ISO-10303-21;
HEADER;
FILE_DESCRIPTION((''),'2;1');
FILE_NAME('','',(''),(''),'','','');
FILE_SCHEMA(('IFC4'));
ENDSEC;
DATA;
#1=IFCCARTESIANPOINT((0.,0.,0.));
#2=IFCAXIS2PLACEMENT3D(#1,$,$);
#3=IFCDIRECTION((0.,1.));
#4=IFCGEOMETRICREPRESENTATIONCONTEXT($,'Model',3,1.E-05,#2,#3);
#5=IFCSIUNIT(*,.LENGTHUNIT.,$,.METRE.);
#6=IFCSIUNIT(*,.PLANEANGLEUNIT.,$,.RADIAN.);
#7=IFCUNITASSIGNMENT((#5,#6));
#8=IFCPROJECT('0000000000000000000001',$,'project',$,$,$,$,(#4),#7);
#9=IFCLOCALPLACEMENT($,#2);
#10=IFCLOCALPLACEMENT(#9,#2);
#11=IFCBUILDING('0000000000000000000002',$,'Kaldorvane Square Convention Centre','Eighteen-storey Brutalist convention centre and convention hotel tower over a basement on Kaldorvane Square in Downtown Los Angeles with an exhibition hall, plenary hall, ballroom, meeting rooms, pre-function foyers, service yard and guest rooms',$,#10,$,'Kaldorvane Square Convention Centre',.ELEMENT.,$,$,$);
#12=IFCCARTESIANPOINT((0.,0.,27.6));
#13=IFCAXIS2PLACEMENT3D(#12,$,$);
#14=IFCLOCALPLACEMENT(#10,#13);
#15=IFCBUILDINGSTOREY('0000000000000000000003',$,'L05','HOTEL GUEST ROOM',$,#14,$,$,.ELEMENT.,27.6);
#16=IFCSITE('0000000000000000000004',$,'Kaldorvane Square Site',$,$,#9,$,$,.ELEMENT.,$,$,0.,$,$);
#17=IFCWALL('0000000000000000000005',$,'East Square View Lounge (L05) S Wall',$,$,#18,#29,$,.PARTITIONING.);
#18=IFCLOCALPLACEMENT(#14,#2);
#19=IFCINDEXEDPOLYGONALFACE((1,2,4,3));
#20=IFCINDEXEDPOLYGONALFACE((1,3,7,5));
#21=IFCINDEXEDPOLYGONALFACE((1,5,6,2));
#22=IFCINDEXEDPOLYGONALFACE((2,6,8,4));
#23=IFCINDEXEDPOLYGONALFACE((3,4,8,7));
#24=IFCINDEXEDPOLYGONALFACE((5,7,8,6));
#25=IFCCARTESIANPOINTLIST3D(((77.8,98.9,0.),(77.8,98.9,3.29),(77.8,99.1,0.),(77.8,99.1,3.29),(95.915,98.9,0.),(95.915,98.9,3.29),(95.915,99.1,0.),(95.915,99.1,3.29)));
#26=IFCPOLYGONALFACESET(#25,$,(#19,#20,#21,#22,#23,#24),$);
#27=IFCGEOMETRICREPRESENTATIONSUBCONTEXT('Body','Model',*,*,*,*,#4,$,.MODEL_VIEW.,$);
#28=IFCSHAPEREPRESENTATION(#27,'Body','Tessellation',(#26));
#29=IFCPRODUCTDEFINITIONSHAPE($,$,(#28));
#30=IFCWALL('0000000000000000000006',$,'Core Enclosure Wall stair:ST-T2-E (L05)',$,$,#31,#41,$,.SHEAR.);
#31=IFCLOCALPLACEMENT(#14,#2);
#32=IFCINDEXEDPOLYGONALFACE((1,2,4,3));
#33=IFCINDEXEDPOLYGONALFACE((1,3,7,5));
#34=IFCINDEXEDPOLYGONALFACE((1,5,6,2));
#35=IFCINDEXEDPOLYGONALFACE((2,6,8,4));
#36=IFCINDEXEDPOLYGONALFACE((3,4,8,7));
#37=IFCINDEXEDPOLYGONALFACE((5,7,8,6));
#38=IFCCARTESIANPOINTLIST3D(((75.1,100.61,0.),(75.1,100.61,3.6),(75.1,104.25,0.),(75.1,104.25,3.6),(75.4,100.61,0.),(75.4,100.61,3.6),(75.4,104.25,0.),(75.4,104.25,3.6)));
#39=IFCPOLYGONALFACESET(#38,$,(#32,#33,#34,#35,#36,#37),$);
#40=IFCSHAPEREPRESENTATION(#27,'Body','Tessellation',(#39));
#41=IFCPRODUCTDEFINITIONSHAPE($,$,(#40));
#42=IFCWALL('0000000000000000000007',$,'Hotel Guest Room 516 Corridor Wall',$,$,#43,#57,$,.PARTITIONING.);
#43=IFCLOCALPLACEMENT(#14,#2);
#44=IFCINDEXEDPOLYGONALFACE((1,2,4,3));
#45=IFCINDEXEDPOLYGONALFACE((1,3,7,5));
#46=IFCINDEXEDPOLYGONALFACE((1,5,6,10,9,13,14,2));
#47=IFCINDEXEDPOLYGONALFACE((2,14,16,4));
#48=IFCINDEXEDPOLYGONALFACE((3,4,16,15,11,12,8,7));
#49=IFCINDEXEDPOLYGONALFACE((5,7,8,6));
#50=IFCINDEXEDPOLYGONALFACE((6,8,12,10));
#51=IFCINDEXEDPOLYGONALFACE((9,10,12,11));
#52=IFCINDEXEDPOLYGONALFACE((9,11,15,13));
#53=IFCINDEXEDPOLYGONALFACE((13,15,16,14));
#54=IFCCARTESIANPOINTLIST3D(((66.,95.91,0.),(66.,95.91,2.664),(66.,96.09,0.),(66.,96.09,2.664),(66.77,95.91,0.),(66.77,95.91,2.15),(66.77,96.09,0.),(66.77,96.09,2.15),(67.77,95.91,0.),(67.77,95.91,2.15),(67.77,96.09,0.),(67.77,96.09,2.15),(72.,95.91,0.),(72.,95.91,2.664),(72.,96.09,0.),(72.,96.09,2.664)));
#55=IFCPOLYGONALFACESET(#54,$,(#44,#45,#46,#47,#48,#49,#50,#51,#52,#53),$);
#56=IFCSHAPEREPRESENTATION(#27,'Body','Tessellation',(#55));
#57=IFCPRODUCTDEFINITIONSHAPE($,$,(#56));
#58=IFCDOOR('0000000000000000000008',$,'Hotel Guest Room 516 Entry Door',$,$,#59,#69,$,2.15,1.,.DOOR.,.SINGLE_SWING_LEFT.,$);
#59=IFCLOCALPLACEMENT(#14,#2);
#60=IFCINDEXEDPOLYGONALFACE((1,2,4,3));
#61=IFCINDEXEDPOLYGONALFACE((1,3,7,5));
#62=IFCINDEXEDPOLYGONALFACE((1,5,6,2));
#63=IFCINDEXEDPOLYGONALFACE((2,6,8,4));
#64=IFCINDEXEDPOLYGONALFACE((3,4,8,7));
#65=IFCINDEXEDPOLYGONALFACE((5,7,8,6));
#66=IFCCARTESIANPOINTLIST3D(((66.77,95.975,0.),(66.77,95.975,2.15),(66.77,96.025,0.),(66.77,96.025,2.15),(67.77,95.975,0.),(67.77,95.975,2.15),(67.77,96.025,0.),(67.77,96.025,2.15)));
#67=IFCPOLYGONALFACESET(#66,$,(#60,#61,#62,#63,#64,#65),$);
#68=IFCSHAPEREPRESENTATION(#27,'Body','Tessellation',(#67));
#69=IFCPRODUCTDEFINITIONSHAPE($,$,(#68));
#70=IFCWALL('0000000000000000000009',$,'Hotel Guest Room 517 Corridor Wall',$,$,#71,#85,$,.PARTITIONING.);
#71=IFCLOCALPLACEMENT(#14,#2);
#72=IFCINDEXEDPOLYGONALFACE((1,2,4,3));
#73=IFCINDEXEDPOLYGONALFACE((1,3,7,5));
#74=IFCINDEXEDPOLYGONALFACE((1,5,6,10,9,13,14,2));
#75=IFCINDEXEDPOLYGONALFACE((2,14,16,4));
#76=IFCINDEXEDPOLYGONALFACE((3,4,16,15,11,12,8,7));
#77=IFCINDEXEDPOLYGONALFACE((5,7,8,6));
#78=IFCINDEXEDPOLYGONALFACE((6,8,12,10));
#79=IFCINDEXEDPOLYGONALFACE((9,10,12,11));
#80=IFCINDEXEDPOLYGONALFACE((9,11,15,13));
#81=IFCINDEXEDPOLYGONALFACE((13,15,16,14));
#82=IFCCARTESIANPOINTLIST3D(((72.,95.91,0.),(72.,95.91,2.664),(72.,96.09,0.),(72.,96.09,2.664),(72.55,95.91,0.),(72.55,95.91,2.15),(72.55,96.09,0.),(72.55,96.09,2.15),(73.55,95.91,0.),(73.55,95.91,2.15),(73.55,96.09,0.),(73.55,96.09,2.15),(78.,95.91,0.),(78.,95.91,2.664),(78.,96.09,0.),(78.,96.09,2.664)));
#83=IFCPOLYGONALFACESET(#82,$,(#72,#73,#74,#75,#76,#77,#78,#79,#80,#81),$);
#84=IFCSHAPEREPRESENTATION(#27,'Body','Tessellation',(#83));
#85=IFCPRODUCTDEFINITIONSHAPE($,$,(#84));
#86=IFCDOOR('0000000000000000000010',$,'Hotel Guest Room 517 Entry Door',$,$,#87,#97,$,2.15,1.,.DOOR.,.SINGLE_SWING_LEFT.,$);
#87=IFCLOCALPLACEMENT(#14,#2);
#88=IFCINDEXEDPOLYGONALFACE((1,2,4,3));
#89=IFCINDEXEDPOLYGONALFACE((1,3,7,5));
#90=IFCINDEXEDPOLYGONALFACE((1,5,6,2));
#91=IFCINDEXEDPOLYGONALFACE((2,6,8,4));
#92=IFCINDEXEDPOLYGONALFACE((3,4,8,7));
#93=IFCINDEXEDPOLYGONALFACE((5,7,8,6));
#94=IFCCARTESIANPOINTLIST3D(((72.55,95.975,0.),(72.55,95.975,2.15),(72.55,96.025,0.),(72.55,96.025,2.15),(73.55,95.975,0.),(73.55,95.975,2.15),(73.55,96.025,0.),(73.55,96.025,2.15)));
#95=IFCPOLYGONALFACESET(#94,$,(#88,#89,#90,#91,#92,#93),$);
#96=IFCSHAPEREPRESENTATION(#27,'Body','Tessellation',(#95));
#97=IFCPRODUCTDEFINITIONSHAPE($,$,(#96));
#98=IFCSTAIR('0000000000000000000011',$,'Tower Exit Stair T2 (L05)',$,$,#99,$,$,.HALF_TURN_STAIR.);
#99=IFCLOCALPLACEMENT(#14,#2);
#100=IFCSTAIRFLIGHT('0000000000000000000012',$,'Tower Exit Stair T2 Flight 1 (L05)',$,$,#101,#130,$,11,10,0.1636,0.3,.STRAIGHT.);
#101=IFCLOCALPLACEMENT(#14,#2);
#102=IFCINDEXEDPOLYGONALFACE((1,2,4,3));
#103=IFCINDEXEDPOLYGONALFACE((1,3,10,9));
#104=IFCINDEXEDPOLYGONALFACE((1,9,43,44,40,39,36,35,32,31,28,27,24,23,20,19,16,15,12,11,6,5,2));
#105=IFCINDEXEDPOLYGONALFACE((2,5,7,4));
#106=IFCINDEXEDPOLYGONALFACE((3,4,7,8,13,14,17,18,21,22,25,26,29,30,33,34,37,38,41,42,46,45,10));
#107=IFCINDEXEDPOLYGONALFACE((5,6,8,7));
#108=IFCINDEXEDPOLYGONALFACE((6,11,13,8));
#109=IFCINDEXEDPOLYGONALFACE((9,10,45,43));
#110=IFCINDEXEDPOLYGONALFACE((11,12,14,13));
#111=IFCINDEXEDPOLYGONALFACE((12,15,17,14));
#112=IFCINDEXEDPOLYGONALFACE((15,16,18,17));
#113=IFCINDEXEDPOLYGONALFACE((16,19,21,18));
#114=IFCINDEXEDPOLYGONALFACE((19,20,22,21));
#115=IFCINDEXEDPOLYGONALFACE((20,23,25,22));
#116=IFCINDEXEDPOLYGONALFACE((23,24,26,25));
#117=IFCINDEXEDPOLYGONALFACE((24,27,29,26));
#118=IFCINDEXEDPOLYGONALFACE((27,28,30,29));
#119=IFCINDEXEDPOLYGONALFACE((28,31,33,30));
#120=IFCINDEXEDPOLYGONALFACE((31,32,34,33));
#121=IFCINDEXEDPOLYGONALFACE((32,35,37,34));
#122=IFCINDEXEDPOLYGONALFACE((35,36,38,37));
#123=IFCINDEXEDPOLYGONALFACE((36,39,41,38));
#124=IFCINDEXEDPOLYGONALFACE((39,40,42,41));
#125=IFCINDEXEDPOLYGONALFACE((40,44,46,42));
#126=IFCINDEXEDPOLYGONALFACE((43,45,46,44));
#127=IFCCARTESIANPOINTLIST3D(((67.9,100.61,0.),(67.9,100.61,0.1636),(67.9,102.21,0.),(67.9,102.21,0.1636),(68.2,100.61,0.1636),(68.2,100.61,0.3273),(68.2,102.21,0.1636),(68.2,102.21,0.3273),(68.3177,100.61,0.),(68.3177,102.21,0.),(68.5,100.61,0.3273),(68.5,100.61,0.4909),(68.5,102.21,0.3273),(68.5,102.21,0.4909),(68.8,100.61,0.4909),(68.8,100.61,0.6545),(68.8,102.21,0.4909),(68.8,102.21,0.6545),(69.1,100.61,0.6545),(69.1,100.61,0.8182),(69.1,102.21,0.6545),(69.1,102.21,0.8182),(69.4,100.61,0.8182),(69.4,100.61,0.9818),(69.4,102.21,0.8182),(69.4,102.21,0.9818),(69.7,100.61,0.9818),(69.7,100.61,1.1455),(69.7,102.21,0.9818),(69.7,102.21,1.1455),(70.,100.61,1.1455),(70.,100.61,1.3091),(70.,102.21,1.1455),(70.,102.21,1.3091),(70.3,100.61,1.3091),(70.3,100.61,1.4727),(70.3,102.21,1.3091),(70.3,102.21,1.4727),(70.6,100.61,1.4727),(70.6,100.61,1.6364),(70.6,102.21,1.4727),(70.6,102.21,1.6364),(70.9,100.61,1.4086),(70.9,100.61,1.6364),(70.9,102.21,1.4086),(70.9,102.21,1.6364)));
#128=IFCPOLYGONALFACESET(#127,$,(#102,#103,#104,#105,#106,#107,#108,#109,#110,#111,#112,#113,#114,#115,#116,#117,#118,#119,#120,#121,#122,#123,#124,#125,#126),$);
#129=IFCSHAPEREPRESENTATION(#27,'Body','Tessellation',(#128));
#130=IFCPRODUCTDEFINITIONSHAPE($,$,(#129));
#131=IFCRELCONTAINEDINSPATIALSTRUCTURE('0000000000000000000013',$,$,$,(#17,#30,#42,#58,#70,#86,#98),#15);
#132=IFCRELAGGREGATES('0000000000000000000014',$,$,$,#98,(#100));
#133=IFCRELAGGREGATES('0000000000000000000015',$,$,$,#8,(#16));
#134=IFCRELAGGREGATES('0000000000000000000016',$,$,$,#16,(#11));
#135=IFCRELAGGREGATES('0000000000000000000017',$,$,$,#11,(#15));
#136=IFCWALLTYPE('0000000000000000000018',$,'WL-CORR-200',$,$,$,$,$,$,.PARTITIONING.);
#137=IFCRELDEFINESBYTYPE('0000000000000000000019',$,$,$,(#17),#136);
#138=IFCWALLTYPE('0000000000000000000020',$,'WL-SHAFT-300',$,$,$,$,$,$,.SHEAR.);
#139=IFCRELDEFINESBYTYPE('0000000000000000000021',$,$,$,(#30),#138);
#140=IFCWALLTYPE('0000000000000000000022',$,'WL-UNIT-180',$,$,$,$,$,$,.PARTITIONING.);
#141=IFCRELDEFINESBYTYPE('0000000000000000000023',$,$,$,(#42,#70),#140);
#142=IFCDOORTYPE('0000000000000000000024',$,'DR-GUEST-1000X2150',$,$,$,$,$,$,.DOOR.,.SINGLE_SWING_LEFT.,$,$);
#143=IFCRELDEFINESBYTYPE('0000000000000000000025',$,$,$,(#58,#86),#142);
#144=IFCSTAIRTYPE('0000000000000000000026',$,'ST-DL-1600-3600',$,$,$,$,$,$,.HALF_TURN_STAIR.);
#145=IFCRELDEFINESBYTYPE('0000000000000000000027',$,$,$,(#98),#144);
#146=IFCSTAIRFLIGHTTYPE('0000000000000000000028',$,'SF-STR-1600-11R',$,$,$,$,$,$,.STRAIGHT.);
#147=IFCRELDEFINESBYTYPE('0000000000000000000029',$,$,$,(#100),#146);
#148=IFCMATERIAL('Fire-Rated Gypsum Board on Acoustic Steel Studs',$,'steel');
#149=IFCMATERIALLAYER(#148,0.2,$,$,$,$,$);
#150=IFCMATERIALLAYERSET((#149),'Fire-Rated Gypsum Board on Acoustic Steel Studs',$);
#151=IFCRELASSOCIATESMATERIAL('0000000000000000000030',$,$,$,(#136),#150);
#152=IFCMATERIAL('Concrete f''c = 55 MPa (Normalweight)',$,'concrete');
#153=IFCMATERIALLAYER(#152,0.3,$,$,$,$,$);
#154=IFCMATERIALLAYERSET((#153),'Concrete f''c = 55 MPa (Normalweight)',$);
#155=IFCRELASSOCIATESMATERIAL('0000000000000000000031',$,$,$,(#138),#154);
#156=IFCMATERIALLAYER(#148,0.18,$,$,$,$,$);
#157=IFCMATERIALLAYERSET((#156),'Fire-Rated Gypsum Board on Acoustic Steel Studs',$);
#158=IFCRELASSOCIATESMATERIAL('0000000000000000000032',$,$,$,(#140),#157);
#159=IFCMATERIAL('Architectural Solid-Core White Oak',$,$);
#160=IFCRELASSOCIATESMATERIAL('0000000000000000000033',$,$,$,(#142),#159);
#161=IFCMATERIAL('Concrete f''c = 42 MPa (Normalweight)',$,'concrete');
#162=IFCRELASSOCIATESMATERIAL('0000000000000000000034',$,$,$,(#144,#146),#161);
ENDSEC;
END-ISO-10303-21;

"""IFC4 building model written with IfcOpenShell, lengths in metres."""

from ifc_helpers import new_model, si_unit, direction, frame, frame_2d, origin, place, context, subcontext, project, spatial, polyline, rectangle, outline, extrude, material, layer, layer_set, type_object, element, fill, aggregate, save


model = new_model("IFC4")

# Units and contexts
model_context = context("Model", 3, precision=1e-05, world=origin(), true_north=direction((0.0, 1.0)))
body_context = subcontext(model_context, "Body", "Model", "MODEL_VIEW")
ifc_project = project(units=[si_unit("LENGTHUNIT", "METRE"), si_unit("PLANEANGLEUNIT", "RADIAN")], contexts=[model_context])

# Site, building, storey
site_placement = place(None, origin())
site = spatial("IfcSite", under=ifc_project, at=site_placement, Name="Kaldorvane Square Site", CompositionType="ELEMENT", RefElevation=0.0)
building_placement = place(site_placement, origin())
building = spatial("IfcBuilding", under=site, at=building_placement, Name="Kaldorvane Square Convention Centre", Description="Eighteen-storey Brutalist convention centre and convention hotel tower over a basement on Kaldorvane Square in Downtown Los Angeles with an exhibition hall, plenary hall, ballroom, meeting rooms, pre-function foyers, service yard and guest rooms", LongName="Kaldorvane Square Convention Centre", CompositionType="ELEMENT")
storey_placement = place(building_placement, frame((0.0, 0.0, 27.6)))
storey = spatial("IfcBuildingStorey", under=building, at=storey_placement, Name="L05", Description="HOTEL GUEST ROOM", CompositionType="ELEMENT", Elevation=27.6)

# Shared definitions
ifc_material_1 = material(Name="Fire-Rated Gypsum Board on Acoustic Steel Studs", Category="steel")
ifc_material_2 = material(Name="Architectural Solid-Core White Oak")

# Walls
ifc_layer_1 = layer(ifc_material_1, 0.2)
ifc_layer_set_1 = layer_set([ifc_layer_1], Name="Fire-Rated Gypsum Board on Acoustic Steel Studs")
wall_type_1 = type_object("IfcWallType", Name="WL-CORR-200", PredefinedType="PARTITIONING", material=ifc_layer_set_1)
wall_1_placement = place(storey_placement, frame((77.8, 99.0, 0.0), z_axis=(0.0, 0.0, 1.0), x_axis=(1.0, 0.0, 0.0)))
element("IfcWall", 1, at=wall_1_placement, inside=storey, type_object=wall_type_1, Name="East Square View Lounge (L05) S Wall", PredefinedType="PARTITIONING", context=body_context, shape_type="SweptSolid", body=[
    extrude(rectangle(XDim=18.115, YDim=0.2, at=frame_2d((9.0575, 0.0))), origin(), (0.0, 0.0, 1.0), 3.29),
])
ifc_material_3 = material(Name="Concrete f'c = 55 MPa (Normalweight)", Category="concrete")
ifc_layer_2 = layer(ifc_material_3, 0.3)
ifc_layer_set_2 = layer_set([ifc_layer_2], Name="Concrete f'c = 55 MPa (Normalweight)")
wall_type_2 = type_object("IfcWallType", Name="WL-SHAFT-300", PredefinedType="SHEAR", material=ifc_layer_set_2)
wall_2_placement = place(storey_placement, frame((75.25, 100.61, 0.0), z_axis=(0.0, 0.0, 1.0), x_axis=(0.0, 1.0, 0.0)))
element("IfcWall", 2, at=wall_2_placement, inside=storey, type_object=wall_type_2, Name="Core Enclosure Wall stair:ST-T2-E (L05)", PredefinedType="SHEAR", context=body_context, shape_type="SweptSolid", body=[
    extrude(rectangle(XDim=3.64, YDim=0.3, at=frame_2d((1.82, 0.0))), origin(), (0.0, 0.0, 1.0), 3.6),
])

# Walls, openings, doors
ifc_layer_3 = layer(ifc_material_1, 0.18)
ifc_layer_set_3 = layer_set([ifc_layer_3], Name="Fire-Rated Gypsum Board on Acoustic Steel Studs")
wall_type_3 = type_object("IfcWallType", Name="WL-UNIT-180", PredefinedType="PARTITIONING", material=ifc_layer_set_3)
wall_3_placement = place(storey_placement, frame((66.0, 96.0, 0.0), z_axis=(0.0, 0.0, 1.0), x_axis=(1.0, 0.0, 0.0)))
wall_3 = element("IfcWall", 3, at=wall_3_placement, inside=storey, type_object=wall_type_3, Name="Hotel Guest Room 516 Corridor Wall", PredefinedType="PARTITIONING", context=body_context, shape_type="SweptSolid", body=[
    extrude(rectangle(XDim=6.0, YDim=0.18, at=frame_2d((3.0, 0.0))), origin(), (0.0, 0.0, 1.0), 2.664),
])
opening_1_placement = place(wall_3_placement, frame((0.77, 0.0, 0.0)))
opening_1 = element("IfcOpeningElement", 4, at=opening_1_placement, cuts=wall_3, PredefinedType="OPENING", context=body_context, shape_type="SweptSolid", body=[
    extrude(rectangle(XDim=1.0, YDim=2.15, at=frame_2d((0.5, 1.075))), frame((0.0, 0.105, 0.0), z_axis=(0.0, -1.0, 0.0), x_axis=(1.0, 0.0, 0.0)), (0.0, 0.0, 1.0), 0.21),
])
door_type_1 = type_object("IfcDoorType", Name="DR-GUEST-1000X2150", OperationType="SINGLE_SWING_LEFT", PredefinedType="DOOR", material=ifc_material_2)
door_1_placement = place(opening_1_placement, origin())
door_1 = element("IfcDoor", 5, at=door_1_placement, inside=storey, type_object=door_type_1, Name="Hotel Guest Room 516 Entry Door", OperationType="SINGLE_SWING_LEFT", OverallHeight=2.15, OverallWidth=1.0, PredefinedType="DOOR", context=body_context, shape_type="SweptSolid", body=[
    extrude(rectangle(XDim=1.0, YDim=2.15, at=frame_2d((0.5, 1.075))), frame((0.0, 0.025, 0.0), z_axis=(0.0, -1.0, 0.0), x_axis=(1.0, 0.0, 0.0)), (0.0, 0.0, 1.0), 0.05),
])
fill(opening_1, door_1)
wall_4_placement = place(storey_placement, frame((72.0, 96.0, 0.0), z_axis=(0.0, 0.0, 1.0), x_axis=(1.0, 0.0, 0.0)))
wall_4 = element("IfcWall", 6, at=wall_4_placement, inside=storey, type_object=wall_type_3, Name="Hotel Guest Room 517 Corridor Wall", PredefinedType="PARTITIONING", context=body_context, shape_type="SweptSolid", body=[
    extrude(rectangle(XDim=6.0, YDim=0.18, at=frame_2d((3.0, 0.0))), origin(), (0.0, 0.0, 1.0), 2.664),
])
opening_2_placement = place(wall_4_placement, frame((0.55, 0.0, 0.0)))
opening_2 = element("IfcOpeningElement", 7, at=opening_2_placement, cuts=wall_4, PredefinedType="OPENING", context=body_context, shape_type="SweptSolid", body=[
    extrude(rectangle(XDim=1.0, YDim=2.15, at=frame_2d((0.5, 1.075))), frame((0.0, 0.105, 0.0), z_axis=(0.0, -1.0, 0.0), x_axis=(1.0, 0.0, 0.0)), (0.0, 0.0, 1.0), 0.21),
])
door_2_placement = place(opening_2_placement, origin())
door_2 = element("IfcDoor", 8, at=door_2_placement, inside=storey, type_object=door_type_1, Name="Hotel Guest Room 517 Entry Door", OperationType="SINGLE_SWING_LEFT", OverallHeight=2.15, OverallWidth=1.0, PredefinedType="DOOR", context=body_context, shape_type="SweptSolid", body=[
    extrude(rectangle(XDim=1.0, YDim=2.15, at=frame_2d((0.5, 1.075))), frame((0.0, 0.025, 0.0), z_axis=(0.0, -1.0, 0.0), x_axis=(1.0, 0.0, 0.0)), (0.0, 0.0, 1.0), 0.05),
])
fill(opening_2, door_2)

# Stair, stair flight
ifc_material_4 = material(Name="Concrete f'c = 42 MPa (Normalweight)", Category="concrete")
stair_type = type_object("IfcStairType", Name="ST-DL-1600-3600", PredefinedType="HALF_TURN_STAIR", material=ifc_material_4)
stair_placement = place(storey_placement, origin())
stair = element("IfcStair", 9, at=stair_placement, inside=storey, type_object=stair_type, Name="Tower Exit Stair T2 (L05)", PredefinedType="HALF_TURN_STAIR")
stair_flight_type = type_object("IfcStairFlightType", Name="SF-STR-1600-11R", PredefinedType="STRAIGHT", material=ifc_material_4)
stair_flight_placement = place(storey_placement, frame((67.9, 101.41, 0.0), z_axis=(0.0, 0.0, 1.0), x_axis=(1.0, 0.0, 0.0)))
stair_flight = element("IfcStairFlight", 10, at=stair_flight_placement, type_object=stair_flight_type, Name="Tower Exit Stair T2 Flight 1 (L05)", NumberOfRisers=11, NumberOfTreads=10, PredefinedType="STRAIGHT", RiserHeight=0.1636, TreadLength=0.3, context=body_context, shape_type="SweptSolid", body=[
    extrude(outline(polyline([(0.0, 0.0), (0.0, 0.1636), (0.3, 0.1636), (0.3, 0.3273), (0.6, 0.3273), (0.6, 0.4909), (0.9, 0.4909), (0.9, 0.6545), (1.2, 0.6545), (1.2, 0.8182), (1.5, 0.8182), (1.5, 0.9818), (1.8, 0.9818), (1.8, 1.1455), (2.1, 1.1455), (2.1, 1.3091), (2.4, 1.3091), (2.4, 1.4727), (2.7, 1.4727), (2.7, 1.6364), (3.0, 1.6364), (3.0, 1.8), (3.0, 1.4086), (0.4177, 0.0), (0.0, 0.0)])), frame((0.0, 0.8, 0.0), z_axis=(0.0, -1.0, 0.0), x_axis=(1.0, 0.0, 0.0)), (0.0, 0.0, 1.0), 1.6),
])
aggregate(stair, [stair_flight])

save(model, "model.ifc")
